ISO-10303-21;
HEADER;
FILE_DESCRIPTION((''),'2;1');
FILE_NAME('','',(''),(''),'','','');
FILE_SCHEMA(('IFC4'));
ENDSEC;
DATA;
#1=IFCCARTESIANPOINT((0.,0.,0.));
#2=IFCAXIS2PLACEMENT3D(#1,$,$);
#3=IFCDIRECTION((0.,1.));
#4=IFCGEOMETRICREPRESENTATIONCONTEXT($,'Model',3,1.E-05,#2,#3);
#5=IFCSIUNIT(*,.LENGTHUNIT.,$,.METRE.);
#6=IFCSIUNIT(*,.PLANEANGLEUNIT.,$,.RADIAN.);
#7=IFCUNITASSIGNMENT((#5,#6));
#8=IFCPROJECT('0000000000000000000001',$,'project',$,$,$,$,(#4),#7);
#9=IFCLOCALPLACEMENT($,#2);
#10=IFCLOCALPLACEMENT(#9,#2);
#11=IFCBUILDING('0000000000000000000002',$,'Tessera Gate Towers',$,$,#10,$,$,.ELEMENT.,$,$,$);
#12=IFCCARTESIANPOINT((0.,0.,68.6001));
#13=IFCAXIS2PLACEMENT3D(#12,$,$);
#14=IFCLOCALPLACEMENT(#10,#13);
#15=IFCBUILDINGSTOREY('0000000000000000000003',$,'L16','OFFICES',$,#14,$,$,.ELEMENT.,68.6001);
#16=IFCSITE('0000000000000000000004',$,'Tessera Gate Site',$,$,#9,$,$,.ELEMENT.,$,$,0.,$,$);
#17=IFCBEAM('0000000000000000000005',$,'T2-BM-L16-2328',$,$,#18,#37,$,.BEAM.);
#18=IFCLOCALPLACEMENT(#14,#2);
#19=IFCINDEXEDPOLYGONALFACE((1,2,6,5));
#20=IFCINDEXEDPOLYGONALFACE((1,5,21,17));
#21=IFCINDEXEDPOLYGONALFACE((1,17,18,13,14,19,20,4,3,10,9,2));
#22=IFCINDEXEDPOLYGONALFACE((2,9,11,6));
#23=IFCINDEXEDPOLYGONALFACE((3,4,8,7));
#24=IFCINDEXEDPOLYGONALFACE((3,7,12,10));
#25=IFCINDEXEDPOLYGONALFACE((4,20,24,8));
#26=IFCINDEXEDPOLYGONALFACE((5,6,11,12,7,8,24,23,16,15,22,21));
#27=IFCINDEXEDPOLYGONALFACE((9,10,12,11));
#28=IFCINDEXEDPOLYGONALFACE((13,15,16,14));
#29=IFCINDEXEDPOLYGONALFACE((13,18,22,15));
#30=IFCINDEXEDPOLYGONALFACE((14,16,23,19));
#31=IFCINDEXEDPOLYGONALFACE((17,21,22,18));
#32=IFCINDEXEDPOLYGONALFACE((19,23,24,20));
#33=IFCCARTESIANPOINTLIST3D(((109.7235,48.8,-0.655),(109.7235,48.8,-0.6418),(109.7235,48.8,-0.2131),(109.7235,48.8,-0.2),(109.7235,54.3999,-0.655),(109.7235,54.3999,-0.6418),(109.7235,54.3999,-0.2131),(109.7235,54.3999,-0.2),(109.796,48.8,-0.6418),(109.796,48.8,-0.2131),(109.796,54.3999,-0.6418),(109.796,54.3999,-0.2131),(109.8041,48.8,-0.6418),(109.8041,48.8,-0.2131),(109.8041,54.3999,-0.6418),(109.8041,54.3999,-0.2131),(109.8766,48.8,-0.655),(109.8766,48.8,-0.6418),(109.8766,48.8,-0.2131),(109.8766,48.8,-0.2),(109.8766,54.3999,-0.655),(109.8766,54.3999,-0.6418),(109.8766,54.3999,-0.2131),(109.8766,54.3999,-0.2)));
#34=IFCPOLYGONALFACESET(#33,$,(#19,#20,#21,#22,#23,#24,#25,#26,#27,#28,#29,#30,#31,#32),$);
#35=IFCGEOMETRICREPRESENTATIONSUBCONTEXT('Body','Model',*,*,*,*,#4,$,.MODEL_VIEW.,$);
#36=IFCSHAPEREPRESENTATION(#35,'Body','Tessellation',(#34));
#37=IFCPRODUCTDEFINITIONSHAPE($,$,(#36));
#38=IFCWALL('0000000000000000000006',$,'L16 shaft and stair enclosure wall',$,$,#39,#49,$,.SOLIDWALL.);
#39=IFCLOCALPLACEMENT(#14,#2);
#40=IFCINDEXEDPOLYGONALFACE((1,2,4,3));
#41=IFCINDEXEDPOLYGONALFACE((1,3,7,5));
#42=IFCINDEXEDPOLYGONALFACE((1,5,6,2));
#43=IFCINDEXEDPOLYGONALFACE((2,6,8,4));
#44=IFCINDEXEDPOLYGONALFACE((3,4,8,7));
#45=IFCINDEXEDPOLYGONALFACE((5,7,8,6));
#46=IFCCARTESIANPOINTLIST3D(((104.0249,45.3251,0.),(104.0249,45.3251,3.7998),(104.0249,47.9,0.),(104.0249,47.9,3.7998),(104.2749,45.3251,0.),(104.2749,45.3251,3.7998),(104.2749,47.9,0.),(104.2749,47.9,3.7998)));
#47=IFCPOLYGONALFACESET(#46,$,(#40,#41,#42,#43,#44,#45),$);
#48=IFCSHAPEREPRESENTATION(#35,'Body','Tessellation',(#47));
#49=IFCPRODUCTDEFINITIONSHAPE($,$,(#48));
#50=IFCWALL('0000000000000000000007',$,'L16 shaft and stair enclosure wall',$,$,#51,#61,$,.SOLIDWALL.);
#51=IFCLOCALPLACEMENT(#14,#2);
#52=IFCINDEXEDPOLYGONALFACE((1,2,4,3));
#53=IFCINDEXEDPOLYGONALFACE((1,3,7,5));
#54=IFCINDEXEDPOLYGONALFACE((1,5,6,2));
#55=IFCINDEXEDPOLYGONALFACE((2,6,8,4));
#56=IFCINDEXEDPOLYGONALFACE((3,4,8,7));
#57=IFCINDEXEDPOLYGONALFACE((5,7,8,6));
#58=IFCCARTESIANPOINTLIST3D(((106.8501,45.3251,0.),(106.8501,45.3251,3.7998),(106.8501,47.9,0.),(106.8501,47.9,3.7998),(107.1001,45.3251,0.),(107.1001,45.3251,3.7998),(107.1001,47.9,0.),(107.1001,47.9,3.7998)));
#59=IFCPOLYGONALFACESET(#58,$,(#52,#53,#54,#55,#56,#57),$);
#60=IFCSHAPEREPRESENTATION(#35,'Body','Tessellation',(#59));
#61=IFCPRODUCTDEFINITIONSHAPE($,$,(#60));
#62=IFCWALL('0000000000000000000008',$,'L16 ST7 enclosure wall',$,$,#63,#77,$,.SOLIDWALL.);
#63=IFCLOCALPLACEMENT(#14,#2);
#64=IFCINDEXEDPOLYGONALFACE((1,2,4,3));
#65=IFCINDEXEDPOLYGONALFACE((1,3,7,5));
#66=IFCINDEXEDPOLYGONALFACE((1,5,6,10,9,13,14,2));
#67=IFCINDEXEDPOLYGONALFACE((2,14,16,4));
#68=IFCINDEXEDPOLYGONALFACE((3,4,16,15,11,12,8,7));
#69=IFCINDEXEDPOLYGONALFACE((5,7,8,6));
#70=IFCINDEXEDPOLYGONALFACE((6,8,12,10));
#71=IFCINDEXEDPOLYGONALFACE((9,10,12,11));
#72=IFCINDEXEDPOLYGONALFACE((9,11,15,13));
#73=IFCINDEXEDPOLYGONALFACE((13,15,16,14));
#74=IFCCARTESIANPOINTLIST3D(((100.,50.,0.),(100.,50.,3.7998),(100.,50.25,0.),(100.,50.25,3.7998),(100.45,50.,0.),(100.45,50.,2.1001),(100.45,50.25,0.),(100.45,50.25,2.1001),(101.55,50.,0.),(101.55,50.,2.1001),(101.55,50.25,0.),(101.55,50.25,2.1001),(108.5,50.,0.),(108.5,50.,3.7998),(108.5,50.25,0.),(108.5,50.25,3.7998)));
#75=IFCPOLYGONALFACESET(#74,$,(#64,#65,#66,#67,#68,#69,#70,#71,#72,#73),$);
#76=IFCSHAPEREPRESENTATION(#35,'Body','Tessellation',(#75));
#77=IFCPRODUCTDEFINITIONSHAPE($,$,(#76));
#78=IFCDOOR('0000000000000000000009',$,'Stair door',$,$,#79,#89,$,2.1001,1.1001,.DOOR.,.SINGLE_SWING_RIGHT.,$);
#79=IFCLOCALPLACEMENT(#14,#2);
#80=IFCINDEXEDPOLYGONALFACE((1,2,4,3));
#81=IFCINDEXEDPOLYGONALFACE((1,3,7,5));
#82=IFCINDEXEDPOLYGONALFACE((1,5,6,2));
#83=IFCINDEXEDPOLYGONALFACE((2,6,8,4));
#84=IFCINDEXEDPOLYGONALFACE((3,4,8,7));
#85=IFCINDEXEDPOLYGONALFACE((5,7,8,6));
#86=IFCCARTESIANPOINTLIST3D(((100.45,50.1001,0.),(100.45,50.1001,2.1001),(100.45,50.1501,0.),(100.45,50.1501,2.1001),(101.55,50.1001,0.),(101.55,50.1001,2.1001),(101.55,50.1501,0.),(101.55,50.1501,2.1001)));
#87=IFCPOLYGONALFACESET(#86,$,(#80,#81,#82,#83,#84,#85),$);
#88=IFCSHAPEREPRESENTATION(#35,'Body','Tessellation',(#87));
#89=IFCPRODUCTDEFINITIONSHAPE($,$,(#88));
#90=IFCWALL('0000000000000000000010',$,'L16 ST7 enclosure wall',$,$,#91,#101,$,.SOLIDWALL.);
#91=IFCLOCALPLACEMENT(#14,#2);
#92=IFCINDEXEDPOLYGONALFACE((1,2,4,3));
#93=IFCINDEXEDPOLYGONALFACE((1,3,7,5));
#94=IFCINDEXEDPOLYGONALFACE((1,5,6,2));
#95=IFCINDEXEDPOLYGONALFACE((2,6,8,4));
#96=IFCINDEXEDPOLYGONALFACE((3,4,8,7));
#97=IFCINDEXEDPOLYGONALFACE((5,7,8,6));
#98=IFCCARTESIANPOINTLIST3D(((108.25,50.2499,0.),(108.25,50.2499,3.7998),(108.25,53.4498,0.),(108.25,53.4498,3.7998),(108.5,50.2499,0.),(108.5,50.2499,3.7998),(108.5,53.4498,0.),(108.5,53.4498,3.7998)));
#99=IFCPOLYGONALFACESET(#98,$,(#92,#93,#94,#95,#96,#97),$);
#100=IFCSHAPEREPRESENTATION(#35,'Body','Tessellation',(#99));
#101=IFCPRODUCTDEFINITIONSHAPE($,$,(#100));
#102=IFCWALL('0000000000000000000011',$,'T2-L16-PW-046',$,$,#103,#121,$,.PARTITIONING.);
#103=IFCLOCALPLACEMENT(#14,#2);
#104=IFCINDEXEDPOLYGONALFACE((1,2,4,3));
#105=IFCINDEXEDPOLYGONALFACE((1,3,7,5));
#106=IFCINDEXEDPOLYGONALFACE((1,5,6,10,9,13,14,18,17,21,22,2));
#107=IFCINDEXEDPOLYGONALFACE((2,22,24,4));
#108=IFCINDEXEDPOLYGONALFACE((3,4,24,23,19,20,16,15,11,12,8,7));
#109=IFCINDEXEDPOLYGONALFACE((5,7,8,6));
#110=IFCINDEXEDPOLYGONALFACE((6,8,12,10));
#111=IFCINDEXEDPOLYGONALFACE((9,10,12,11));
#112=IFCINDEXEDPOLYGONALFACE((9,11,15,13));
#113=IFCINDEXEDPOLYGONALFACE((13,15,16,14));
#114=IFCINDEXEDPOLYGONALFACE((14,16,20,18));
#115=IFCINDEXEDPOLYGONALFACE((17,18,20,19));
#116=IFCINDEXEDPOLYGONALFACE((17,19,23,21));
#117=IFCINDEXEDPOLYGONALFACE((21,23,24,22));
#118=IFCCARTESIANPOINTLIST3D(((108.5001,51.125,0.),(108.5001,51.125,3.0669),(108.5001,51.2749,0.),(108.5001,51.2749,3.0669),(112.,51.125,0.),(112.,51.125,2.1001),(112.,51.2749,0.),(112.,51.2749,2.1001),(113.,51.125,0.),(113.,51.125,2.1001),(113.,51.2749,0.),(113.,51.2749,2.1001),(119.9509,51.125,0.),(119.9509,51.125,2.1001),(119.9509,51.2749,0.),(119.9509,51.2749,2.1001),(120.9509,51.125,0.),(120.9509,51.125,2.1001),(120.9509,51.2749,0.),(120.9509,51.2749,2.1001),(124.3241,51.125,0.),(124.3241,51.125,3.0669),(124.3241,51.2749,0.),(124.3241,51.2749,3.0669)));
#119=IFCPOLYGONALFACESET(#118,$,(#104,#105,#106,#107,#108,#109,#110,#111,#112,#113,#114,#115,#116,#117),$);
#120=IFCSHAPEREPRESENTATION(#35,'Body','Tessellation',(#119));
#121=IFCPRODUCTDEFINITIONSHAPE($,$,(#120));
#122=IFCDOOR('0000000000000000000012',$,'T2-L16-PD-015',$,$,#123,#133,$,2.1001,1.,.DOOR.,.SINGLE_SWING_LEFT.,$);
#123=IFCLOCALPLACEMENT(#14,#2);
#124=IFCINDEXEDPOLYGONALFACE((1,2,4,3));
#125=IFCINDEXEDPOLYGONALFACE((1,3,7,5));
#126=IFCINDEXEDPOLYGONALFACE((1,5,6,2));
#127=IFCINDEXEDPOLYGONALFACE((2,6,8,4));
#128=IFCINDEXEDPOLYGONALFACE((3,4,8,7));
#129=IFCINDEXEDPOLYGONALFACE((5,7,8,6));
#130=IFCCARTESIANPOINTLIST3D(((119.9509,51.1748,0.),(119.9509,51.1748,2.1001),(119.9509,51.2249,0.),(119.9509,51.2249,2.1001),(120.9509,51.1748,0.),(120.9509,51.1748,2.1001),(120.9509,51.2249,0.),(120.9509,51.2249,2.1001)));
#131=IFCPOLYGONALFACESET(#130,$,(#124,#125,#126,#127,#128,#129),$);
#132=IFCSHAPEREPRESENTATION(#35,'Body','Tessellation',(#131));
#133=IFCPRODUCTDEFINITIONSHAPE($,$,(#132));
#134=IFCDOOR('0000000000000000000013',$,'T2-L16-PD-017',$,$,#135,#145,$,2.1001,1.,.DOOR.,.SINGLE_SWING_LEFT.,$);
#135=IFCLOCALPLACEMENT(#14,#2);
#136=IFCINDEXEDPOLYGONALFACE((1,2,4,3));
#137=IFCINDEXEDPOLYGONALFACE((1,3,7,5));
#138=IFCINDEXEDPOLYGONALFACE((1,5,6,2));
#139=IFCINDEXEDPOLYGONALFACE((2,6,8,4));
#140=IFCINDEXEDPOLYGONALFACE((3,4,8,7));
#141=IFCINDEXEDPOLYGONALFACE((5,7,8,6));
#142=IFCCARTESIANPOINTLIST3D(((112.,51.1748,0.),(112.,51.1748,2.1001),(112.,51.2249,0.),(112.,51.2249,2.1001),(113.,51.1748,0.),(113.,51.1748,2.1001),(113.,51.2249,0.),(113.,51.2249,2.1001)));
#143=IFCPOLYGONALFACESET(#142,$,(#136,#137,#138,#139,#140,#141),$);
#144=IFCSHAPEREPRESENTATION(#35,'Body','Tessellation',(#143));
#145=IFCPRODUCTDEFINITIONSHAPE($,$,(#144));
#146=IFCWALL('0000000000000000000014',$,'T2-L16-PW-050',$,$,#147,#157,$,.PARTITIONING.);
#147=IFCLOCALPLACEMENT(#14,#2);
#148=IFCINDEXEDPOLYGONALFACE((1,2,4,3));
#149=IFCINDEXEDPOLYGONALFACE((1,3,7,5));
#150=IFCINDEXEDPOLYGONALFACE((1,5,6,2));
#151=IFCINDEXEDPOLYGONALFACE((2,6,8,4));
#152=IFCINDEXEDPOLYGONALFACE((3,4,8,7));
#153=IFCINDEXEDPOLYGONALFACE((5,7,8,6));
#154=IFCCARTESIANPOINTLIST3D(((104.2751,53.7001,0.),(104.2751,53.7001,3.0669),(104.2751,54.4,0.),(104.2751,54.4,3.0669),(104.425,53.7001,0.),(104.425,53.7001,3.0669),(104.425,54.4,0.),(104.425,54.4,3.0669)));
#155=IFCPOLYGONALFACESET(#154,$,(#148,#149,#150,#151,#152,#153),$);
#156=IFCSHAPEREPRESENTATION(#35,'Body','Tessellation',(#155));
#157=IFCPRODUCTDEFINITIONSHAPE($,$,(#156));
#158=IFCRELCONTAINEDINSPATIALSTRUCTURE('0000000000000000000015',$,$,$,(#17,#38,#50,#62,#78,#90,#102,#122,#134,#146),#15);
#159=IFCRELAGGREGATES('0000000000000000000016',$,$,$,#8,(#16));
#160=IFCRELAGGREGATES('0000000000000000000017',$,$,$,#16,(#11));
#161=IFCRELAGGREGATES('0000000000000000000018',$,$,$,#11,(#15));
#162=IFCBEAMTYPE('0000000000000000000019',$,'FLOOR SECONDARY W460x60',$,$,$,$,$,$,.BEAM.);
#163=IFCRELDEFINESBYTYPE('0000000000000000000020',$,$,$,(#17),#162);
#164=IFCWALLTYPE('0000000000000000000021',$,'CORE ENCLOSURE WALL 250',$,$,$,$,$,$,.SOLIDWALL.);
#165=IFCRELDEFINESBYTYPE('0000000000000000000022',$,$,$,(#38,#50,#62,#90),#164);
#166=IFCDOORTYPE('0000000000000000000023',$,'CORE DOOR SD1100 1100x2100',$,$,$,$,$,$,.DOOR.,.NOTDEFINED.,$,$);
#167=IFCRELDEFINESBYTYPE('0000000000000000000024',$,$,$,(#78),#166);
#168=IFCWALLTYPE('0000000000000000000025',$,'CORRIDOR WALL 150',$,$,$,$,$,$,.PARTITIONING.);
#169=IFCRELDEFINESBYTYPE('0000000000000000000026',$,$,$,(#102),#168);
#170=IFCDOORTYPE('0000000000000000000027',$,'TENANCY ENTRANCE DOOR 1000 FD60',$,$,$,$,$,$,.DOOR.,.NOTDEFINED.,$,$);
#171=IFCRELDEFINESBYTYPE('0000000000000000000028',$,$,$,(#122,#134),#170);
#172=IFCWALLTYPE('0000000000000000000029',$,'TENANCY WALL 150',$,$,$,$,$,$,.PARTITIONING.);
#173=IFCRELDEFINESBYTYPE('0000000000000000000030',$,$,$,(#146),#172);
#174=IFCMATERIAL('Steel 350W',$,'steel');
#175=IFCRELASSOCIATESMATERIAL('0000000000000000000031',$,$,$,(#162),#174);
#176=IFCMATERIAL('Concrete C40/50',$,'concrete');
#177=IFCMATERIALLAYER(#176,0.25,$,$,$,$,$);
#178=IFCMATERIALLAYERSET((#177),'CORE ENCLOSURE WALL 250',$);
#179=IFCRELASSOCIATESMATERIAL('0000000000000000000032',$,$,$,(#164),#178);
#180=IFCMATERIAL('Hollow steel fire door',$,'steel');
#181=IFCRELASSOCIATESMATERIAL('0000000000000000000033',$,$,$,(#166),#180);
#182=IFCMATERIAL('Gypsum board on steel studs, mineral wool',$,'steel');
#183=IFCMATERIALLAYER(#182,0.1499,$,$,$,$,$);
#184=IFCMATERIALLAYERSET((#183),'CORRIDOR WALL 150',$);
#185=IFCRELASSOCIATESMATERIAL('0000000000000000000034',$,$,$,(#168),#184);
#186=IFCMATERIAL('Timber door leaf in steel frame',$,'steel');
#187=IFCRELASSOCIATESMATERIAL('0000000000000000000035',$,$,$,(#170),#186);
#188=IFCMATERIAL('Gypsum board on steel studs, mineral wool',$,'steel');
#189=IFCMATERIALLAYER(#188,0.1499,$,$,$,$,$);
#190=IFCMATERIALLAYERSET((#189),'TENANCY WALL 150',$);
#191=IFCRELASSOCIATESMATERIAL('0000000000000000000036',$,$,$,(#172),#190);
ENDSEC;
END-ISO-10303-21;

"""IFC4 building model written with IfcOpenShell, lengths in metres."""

from ifc_helpers import new_model, si_unit, direction, frame, frame_2d, origin, origin_2d, place, context, subcontext, project, spatial, rectangle, i_section, extrude, source, transform, mapped, material, layer, layer_set, material_profile, profile_set, type_object, element, fill, save


model = new_model("IFC4")

# Units and contexts
model_context = context("Model", 3, precision=1e-05, world=origin(), true_north=direction((0.0, 1.0)))
body_context = subcontext(model_context, "Body", "Model", "MODEL_VIEW")
ifc_project = project(units=[si_unit("LENGTHUNIT", "METRE"), si_unit("PLANEANGLEUNIT", "RADIAN")], contexts=[model_context])

# Site, building, storey
site_placement = place(None, origin())
site = spatial("IfcSite", under=ifc_project, at=site_placement, Name="Tessera Gate Site", CompositionType="ELEMENT", RefElevation=0.0)
building_placement = place(site_placement, origin())
building = spatial("IfcBuilding", under=site, at=building_placement, Name="Tessera Gate Towers", CompositionType="ELEMENT")
storey_placement = place(building_placement, frame((0.0, 0.0, 68.6001)))
storey = spatial("IfcBuildingStorey", under=building, at=storey_placement, Name="L16", Description="OFFICES", CompositionType="ELEMENT", Elevation=68.6001)

# Beam
ifc_material_1 = material(Name="Steel 350W", Category="steel")
ifc_material_profile = material_profile(ifc_material_1, i_section(OverallWidth=0.1531, OverallDepth=0.4551, WebThickness=0.0081, FlangeThickness=0.0132, at=origin_2d()), Name="W460x60")
ifc_profile_set = profile_set([ifc_material_profile], Name="Steel 350W")
beam_type = type_object("IfcBeamType", Name="FLOOR SECONDARY W460x60", PredefinedType="BEAM", material=ifc_profile_set)
beam_placement = place(storey_placement, frame((109.8, 48.8, -0.4275), z_axis=(0.0, 1.0, 0.0), x_axis=(-1.0, 0.0, 0.0)))
element("IfcBeam", 1, at=beam_placement, inside=storey, type_object=beam_type, Name="T2-BM-L16-2328", PredefinedType="BEAM", context=body_context, shape_type="SweptSolid", body=[
    extrude(i_section(OverallWidth=0.1531, OverallDepth=0.4551, WebThickness=0.0081, FlangeThickness=0.0132, at=origin_2d()), origin(), (0.0, 0.0, 1.0), 5.5999),
])

# Walls
ifc_material_2 = material(Name="Concrete C40/50", Category="concrete")
ifc_layer_1 = layer(ifc_material_2, 0.25)
ifc_layer_set_1 = layer_set([ifc_layer_1], Name="CORE ENCLOSURE WALL 250")
wall_type_1 = type_object("IfcWallType", Name="CORE ENCLOSURE WALL 250", PredefinedType="SOLIDWALL", material=ifc_layer_set_1)
for number, where, z_axis, x_axis, name in (
    (2, (104.1499, 45.325, 0.0), (0.0, 0.0, 1.0), (0.0, 1.0, 0.0), "L16 shaft and stair enclosure wall"),
    (3, (106.9751, 45.325, 0.0), (0.0, 0.0, 1.0), (0.0, 1.0, 0.0), "L16 shaft and stair enclosure wall"),
):
    element("IfcWall", number, at=place(storey_placement, frame(where, z_axis=z_axis, x_axis=x_axis)), inside=storey, type_object=wall_type_1, Name=name, PredefinedType="SOLIDWALL", context=body_context, shape_type="SweptSolid", body=[
        extrude(rectangle(XDim=2.575, YDim=0.25, at=frame_2d((1.2876, 0.0))), origin(), (0.0, 0.0, 1.0), 3.7998),
    ])

# Wall, opening, door
wall_1_placement = place(storey_placement, frame((108.5, 50.125, 0.0), z_axis=(0.0, 0.0, 1.0), x_axis=(-1.0, 0.0, 0.0)))
wall_1 = element("IfcWall", 4, at=wall_1_placement, inside=storey, type_object=wall_type_1, Name="L16 ST7 enclosure wall", PredefinedType="SOLIDWALL", context=body_context, shape_type="SweptSolid", body=[
    extrude(rectangle(XDim=8.5, YDim=0.25, at=frame_2d((4.25, 0.0))), origin(), (0.0, 0.0, 1.0), 3.7998),
])
shared_shape_1 = source(origin(), body_context, "Body", "SweptSolid", [
    extrude(rectangle(XDim=1.1001, YDim=2.1001, at=frame_2d((0.55, 1.05))), frame((0.0, 0.135, 0.0), z_axis=(0.0, -1.0, 0.0), x_axis=(1.0, 0.0, 0.0)), (0.0, 0.0, 1.0), 0.27),
])
opening_1_placement = place(wall_1_placement, frame((6.95, 0.0, 0.0)))
opening_1 = element("IfcOpeningElement", 5, at=opening_1_placement, cuts=wall_1, PredefinedType="OPENING", context=body_context, shape_type="MappedRepresentation", body=[
    mapped(shared_shape_1, transform((0.0, 0.0, 0.0), scale=1.0)),
])
ifc_material_3 = material(Name="Hollow steel fire door", Category="steel")
door_type_1 = type_object("IfcDoorType", Name="CORE DOOR SD1100 1100x2100", OperationType="NOTDEFINED", PredefinedType="DOOR", material=ifc_material_3)
shared_shape_2 = source(origin(), body_context, "Body", "SweptSolid", [
    extrude(rectangle(XDim=1.1001, YDim=2.1001, at=frame_2d((0.55, 1.05))), frame((0.0, 0.0249, 0.0), z_axis=(0.0, -1.0, 0.0), x_axis=(1.0, 0.0, 0.0)), (0.0, 0.0, 1.0), 0.05),
])
door_1_placement = place(opening_1_placement, origin())
door_1 = element("IfcDoor", 6, at=door_1_placement, inside=storey, type_object=door_type_1, Name="Stair door", OperationType="SINGLE_SWING_RIGHT", OverallHeight=2.1001, OverallWidth=1.1001, PredefinedType="DOOR", context=body_context, shape_type="MappedRepresentation", body=[
    mapped(shared_shape_2, transform((0.0, 0.0, 0.0), scale=1.0)),
])
fill(opening_1, door_1)

# Wall
wall_2_placement = place(storey_placement, frame((108.375, 53.45, 0.0), z_axis=(0.0, 0.0, 1.0), x_axis=(0.0, -1.0, 0.0)))
element("IfcWall", 7, at=wall_2_placement, inside=storey, type_object=wall_type_1, Name="L16 ST7 enclosure wall", PredefinedType="SOLIDWALL", context=body_context, shape_type="SweptSolid", body=[
    extrude(rectangle(XDim=3.2, YDim=0.25, at=frame_2d((1.6001, 0.0))), origin(), (0.0, 0.0, 1.0), 3.7998),
])

# Wall, openings, doors
ifc_material_4 = material(Name="Gypsum board on steel studs, mineral wool", Category="steel")
ifc_layer_2 = layer(ifc_material_4, 0.1499)
ifc_layer_set_2 = layer_set([ifc_layer_2], Name="CORRIDOR WALL 150")
wall_type_2 = type_object("IfcWallType", Name="CORRIDOR WALL 150", PredefinedType="PARTITIONING", material=ifc_layer_set_2)
wall_3_placement = place(storey_placement, frame((108.5, 51.2, 0.0), z_axis=(0.0, 0.0, 1.0), x_axis=(1.0, 0.0, 0.0)))
wall_3 = element("IfcWall", 8, at=wall_3_placement, inside=storey, type_object=wall_type_2, Name="T2-L16-PW-046", PredefinedType="PARTITIONING", context=body_context, shape_type="SweptSolid", body=[
    extrude(rectangle(XDim=15.824, YDim=0.1499, at=frame_2d((7.9121, 0.0))), origin(), (0.0, 0.0, 1.0), 3.0669),
])
shared_shape_3 = source(origin(), body_context, "Body", "SweptSolid", [
    extrude(rectangle(XDim=1.0, YDim=2.1001, at=frame_2d((0.5, 1.05))), frame((0.0, 0.085, 0.0), z_axis=(0.0, -1.0, 0.0), x_axis=(1.0, 0.0, 0.0)), (0.0, 0.0, 1.0), 0.1699),
])
opening_2_placement = place(wall_3_placement, frame((11.4509, 0.0, 0.0)))
opening_2 = element("IfcOpeningElement", 9, at=opening_2_placement, cuts=wall_3, PredefinedType="OPENING", context=body_context, shape_type="MappedRepresentation", body=[
    mapped(shared_shape_3, transform((0.0, 0.0, 0.0), scale=1.0)),
])
opening_3_placement = place(wall_3_placement, frame((3.5, 0.0, 0.0)))
opening_3 = element("IfcOpeningElement", 10, at=opening_3_placement, cuts=wall_3, PredefinedType="OPENING", context=body_context, shape_type="MappedRepresentation", body=[
    mapped(shared_shape_3, transform((0.0, 0.0, 0.0), scale=1.0)),
])
ifc_material_5 = material(Name="Timber door leaf in steel frame", Category="steel")
door_type_2 = type_object("IfcDoorType", Name="TENANCY ENTRANCE DOOR 1000 FD60", OperationType="NOTDEFINED", PredefinedType="DOOR", material=ifc_material_5)
shared_shape_4 = source(origin(), body_context, "Body", "SweptSolid", [
    extrude(rectangle(XDim=1.0, YDim=2.1001, at=frame_2d((0.5, 1.05))), frame((0.0, 0.0249, 0.0), z_axis=(0.0, -1.0, 0.0), x_axis=(1.0, 0.0, 0.0)), (0.0, 0.0, 1.0), 0.05),
])
door_2_placement = place(opening_2_placement, origin())
door_2 = element("IfcDoor", 11, at=door_2_placement, inside=storey, type_object=door_type_2, Name="T2-L16-PD-015", OperationType="SINGLE_SWING_LEFT", OverallHeight=2.1001, OverallWidth=1.0, PredefinedType="DOOR", context=body_context, shape_type="MappedRepresentation", body=[
    mapped(shared_shape_4, transform((0.0, 0.0, 0.0), scale=1.0)),
])
fill(opening_2, door_2)
door_3_placement = place(opening_3_placement, origin())
door_3 = element("IfcDoor", 12, at=door_3_placement, inside=storey, type_object=door_type_2, Name="T2-L16-PD-017", OperationType="SINGLE_SWING_LEFT", OverallHeight=2.1001, OverallWidth=1.0, PredefinedType="DOOR", context=body_context, shape_type="MappedRepresentation", body=[
    mapped(shared_shape_4, transform((0.0, 0.0, 0.0), scale=1.0)),
])
fill(opening_3, door_3)

# Wall
ifc_material_6 = material(Name="Gypsum board on steel studs, mineral wool", Category="steel")
ifc_layer_3 = layer(ifc_material_6, 0.1499)
ifc_layer_set_3 = layer_set([ifc_layer_3], Name="TENANCY WALL 150")
wall_type_3 = type_object("IfcWallType", Name="TENANCY WALL 150", PredefinedType="PARTITIONING", material=ifc_layer_set_3)
wall_4_placement = place(storey_placement, frame((104.3501, 53.7, 0.0), z_axis=(0.0, 0.0, 1.0), x_axis=(0.0, 1.0, 0.0)))
element("IfcWall", 13, at=wall_4_placement, inside=storey, type_object=wall_type_3, Name="T2-L16-PW-050", PredefinedType="PARTITIONING", context=body_context, shape_type="SweptSolid", body=[
    extrude(rectangle(XDim=0.7, YDim=0.1499, at=frame_2d((0.3501, 0.0))), origin(), (0.0, 0.0, 1.0), 3.0669),
])

save(model, "model.ifc")
